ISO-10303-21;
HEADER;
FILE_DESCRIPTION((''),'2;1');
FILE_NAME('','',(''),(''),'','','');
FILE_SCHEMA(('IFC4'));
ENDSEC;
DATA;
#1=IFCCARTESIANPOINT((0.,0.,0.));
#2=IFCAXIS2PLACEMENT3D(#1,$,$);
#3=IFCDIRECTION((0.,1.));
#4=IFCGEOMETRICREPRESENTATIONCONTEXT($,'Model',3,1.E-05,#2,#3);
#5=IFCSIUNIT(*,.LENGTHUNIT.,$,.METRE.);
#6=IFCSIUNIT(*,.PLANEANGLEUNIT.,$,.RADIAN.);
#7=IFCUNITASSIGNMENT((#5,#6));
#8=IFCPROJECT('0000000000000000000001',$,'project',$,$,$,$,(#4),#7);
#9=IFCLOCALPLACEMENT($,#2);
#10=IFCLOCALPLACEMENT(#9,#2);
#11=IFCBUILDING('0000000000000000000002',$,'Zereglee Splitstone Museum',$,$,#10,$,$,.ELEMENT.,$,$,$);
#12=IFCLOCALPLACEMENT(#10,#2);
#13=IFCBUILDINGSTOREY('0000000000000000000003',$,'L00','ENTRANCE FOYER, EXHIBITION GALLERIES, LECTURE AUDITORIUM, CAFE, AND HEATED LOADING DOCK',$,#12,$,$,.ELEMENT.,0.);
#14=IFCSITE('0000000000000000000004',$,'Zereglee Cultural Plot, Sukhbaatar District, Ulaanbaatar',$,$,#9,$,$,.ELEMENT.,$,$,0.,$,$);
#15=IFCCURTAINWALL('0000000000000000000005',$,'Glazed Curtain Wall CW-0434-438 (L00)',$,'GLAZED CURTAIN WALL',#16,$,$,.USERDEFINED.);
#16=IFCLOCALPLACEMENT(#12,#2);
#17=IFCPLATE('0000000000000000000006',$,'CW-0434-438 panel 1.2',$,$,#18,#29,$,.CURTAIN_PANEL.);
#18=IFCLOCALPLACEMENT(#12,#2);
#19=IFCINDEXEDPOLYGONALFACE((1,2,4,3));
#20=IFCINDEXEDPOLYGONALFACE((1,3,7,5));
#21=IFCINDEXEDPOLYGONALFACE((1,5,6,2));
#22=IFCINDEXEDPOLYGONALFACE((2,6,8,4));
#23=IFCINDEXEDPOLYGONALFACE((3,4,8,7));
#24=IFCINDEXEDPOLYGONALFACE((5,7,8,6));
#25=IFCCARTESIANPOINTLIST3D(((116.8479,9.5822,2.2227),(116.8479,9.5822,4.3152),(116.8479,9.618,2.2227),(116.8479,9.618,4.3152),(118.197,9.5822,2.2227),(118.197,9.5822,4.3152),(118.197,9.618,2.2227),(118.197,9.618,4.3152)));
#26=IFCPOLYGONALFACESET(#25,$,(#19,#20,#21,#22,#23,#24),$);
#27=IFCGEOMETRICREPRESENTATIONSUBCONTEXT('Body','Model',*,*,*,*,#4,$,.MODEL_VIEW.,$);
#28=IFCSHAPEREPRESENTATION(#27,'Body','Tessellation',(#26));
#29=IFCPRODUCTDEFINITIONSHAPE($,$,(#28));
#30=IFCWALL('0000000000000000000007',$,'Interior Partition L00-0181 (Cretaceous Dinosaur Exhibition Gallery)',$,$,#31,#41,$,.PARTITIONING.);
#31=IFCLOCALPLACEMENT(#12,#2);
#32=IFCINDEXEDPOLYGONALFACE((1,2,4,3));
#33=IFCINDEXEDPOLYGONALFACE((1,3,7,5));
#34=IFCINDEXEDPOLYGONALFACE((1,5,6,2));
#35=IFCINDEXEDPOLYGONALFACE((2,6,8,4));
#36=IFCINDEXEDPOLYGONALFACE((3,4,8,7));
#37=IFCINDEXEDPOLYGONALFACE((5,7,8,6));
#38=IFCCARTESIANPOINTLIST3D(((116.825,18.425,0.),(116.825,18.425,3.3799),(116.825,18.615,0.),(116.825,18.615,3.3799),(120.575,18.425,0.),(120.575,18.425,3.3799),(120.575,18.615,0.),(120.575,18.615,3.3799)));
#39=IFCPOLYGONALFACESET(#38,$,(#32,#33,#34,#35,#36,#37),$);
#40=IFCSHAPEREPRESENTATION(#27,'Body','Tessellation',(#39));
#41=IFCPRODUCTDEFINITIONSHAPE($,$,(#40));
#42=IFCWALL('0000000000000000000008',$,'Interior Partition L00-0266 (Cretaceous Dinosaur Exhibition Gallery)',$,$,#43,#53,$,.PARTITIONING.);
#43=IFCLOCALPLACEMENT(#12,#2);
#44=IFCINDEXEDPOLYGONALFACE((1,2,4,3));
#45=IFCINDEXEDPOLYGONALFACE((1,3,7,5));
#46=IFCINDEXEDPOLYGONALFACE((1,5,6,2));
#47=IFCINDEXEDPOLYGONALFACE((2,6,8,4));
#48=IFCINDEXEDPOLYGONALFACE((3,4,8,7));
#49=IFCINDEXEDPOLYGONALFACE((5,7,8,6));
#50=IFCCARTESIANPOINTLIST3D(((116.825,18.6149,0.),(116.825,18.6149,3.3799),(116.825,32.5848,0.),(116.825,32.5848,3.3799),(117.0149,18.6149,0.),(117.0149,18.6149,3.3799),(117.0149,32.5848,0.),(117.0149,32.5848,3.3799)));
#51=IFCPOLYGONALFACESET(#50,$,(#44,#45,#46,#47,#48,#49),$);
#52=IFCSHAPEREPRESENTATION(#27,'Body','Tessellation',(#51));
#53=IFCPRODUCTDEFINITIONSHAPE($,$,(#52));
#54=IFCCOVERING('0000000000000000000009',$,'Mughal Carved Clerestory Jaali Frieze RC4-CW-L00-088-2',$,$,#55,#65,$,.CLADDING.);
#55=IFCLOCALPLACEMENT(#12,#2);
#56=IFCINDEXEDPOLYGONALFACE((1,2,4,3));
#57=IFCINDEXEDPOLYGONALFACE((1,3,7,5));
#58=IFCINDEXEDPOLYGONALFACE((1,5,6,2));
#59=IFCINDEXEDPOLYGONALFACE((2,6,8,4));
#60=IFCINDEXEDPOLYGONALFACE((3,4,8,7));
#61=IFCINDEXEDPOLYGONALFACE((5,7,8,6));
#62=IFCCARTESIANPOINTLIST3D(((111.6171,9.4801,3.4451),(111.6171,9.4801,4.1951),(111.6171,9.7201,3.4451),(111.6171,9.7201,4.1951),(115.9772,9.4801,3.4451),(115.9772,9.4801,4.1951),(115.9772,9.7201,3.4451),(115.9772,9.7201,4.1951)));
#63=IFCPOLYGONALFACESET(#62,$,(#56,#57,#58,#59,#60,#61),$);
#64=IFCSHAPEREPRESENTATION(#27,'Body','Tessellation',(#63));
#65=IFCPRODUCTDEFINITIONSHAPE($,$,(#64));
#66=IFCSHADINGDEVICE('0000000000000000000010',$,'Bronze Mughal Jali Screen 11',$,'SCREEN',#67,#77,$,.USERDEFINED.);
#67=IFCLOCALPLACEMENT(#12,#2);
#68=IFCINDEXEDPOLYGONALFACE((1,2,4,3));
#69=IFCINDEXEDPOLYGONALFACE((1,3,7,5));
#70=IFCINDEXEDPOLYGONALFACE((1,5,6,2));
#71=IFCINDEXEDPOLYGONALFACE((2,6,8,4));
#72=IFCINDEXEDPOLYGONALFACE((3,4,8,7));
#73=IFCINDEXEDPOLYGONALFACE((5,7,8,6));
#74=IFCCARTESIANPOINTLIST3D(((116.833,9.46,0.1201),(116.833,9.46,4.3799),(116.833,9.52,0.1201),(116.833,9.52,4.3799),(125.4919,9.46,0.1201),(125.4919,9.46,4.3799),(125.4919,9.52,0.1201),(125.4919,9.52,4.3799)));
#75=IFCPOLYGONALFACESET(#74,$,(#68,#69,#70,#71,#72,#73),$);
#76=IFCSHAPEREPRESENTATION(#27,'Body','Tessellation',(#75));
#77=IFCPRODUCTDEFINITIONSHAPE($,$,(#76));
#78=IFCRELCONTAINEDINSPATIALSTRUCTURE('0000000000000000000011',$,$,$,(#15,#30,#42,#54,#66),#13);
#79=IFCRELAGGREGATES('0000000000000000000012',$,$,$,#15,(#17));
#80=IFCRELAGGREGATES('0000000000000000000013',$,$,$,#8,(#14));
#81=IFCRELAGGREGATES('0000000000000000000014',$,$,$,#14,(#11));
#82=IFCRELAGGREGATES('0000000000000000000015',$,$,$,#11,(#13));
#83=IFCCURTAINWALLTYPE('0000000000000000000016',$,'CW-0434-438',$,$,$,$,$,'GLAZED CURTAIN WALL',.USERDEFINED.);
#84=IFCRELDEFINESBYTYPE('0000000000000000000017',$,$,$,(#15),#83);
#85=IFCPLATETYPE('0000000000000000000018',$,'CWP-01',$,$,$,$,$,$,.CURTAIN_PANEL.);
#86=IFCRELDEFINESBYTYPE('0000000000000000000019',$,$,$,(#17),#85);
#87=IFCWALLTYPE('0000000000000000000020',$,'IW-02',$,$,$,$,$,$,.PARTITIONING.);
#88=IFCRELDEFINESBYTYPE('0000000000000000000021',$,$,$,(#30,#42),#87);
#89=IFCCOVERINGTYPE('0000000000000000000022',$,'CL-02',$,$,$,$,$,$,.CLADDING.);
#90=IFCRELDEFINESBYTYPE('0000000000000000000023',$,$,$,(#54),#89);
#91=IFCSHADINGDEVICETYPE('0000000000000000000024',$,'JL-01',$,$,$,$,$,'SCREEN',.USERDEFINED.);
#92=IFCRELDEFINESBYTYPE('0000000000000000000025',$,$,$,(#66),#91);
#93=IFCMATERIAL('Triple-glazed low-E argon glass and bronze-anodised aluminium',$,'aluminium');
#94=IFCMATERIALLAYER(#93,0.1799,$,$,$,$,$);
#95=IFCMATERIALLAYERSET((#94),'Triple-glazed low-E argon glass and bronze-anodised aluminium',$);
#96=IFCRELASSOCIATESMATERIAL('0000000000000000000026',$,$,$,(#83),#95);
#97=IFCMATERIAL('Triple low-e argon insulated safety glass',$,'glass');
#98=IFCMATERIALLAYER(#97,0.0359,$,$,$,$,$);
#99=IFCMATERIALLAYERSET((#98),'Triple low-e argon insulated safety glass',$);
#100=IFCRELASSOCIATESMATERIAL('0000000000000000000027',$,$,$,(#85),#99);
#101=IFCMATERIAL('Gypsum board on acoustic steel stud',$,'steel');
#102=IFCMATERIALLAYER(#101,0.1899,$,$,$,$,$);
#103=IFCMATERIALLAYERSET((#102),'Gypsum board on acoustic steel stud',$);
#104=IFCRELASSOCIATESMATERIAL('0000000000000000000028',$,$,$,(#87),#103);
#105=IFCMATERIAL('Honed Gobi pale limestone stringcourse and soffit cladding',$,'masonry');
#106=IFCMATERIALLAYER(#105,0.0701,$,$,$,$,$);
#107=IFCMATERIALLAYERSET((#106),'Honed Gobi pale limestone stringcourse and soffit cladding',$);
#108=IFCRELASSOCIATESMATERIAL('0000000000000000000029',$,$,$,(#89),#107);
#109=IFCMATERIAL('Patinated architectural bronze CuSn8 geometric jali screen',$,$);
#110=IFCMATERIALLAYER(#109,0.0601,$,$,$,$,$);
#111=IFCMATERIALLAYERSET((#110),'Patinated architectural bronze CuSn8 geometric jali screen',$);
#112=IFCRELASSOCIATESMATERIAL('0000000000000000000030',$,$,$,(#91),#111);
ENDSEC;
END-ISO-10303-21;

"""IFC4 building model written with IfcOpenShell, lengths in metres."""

from ifc_helpers import new_model, si_unit, direction, frame, frame_2d, origin, origin_2d, place, context, subcontext, project, spatial, polyline, rectangle, outline, extrude, material, layer, layer_set, type_object, element, aggregate, save


model = new_model("IFC4")

# Units and contexts
model_context = context("Model", 3, precision=1e-05, world=origin(), true_north=direction((0.0, 1.0)))
body_context = subcontext(model_context, "Body", "Model", "MODEL_VIEW")
ifc_project = project(units=[si_unit("LENGTHUNIT", "METRE"), si_unit("PLANEANGLEUNIT", "RADIAN")], contexts=[model_context])

# Site, building, storey
site_placement = place(None, origin())
site = spatial("IfcSite", under=ifc_project, at=site_placement, Name="Zereglee Cultural Plot, Sukhbaatar District, Ulaanbaatar", CompositionType="ELEMENT", RefElevation=0.0)
building_placement = place(site_placement, origin())
building = spatial("IfcBuilding", under=site, at=building_placement, Name="Zereglee Splitstone Museum", CompositionType="ELEMENT")
storey_placement = place(building_placement, origin())
storey = spatial("IfcBuildingStorey", under=building, at=storey_placement, Name="L00", Description="ENTRANCE FOYER, EXHIBITION GALLERIES, LECTURE AUDITORIUM, CAFE, AND HEATED LOADING DOCK", CompositionType="ELEMENT", Elevation=0.0)

# Curtain wall
ifc_material_1 = material(Name="Triple-glazed low-E argon glass and bronze-anodised aluminium", Category="aluminium")
ifc_layer_1 = layer(ifc_material_1, 0.1799)
ifc_layer_set_1 = layer_set([ifc_layer_1], Name="Triple-glazed low-E argon glass and bronze-anodised aluminium")
curtain_wall_type_1 = type_object("IfcCurtainWallType", Name="CW-0434-438", ElementType="GLAZED CURTAIN WALL", PredefinedType="USERDEFINED", material=ifc_layer_set_1)
curtain_wall_1_placement = place(storey_placement, origin())
curtain_wall_1 = element("IfcCurtainWall", 1, at=curtain_wall_1_placement, inside=storey, type_object=curtain_wall_type_1, Name="Glazed Curtain Wall CW-0434-438 (L00)", ObjectType="GLAZED CURTAIN WALL", PredefinedType="USERDEFINED")

# Plate
ifc_material_2 = material(Name="Triple low-e argon insulated safety glass", Category="glass")
ifc_layer_2 = layer(ifc_material_2, 0.0359)
ifc_layer_set_2 = layer_set([ifc_layer_2], Name="Triple low-e argon insulated safety glass")
plate_type = type_object("IfcPlateType", Name="CWP-01", PredefinedType="CURTAIN_PANEL", material=ifc_layer_set_2)
plate_1_placement = place(storey_placement, frame((117.5225, 9.6001, 2.2227), z_axis=(0.0, 0.0, 1.0), x_axis=(1.0, 0.0, 0.0)))
plate_1 = element("IfcPlate", 2, at=plate_1_placement, type_object=plate_type, Name="CW-0434-438 panel 1.2", PredefinedType="CURTAIN_PANEL", context=body_context, shape_type="SweptSolid", body=[
    extrude(rectangle(XDim=1.3491, YDim=0.0359, at=origin_2d()), origin(), (0.0, 0.0, 1.0), 2.0925),
])
aggregate(curtain_wall_1, [plate_1])

# Walls
ifc_material_3 = material(Name="Gypsum board on acoustic steel stud", Category="steel")
ifc_layer_3 = layer(ifc_material_3, 0.1899)
ifc_layer_set_3 = layer_set([ifc_layer_3], Name="Gypsum board on acoustic steel stud")
wall_type = type_object("IfcWallType", Name="IW-02", PredefinedType="PARTITIONING", material=ifc_layer_set_3)
wall_1_placement = place(storey_placement, frame((116.825, 18.52, 0.0), z_axis=(0.0, 0.0, 1.0), x_axis=(1.0, 0.0, 0.0)))
element("IfcWall", 3, at=wall_1_placement, inside=storey, type_object=wall_type, Name="Interior Partition L00-0181 (Cretaceous Dinosaur Exhibition Gallery)", PredefinedType="PARTITIONING", context=body_context, shape_type="SweptSolid", body=[
    extrude(rectangle(XDim=3.75, YDim=0.1899, at=frame_2d((1.875, 0.0))), origin(), (0.0, 0.0, 1.0), 3.3799),
])
wall_2_placement = place(storey_placement, frame((116.9199, 18.615, 0.0), z_axis=(0.0, 0.0, 1.0), x_axis=(0.0, 1.0, 0.0)))
element("IfcWall", 4, at=wall_2_placement, inside=storey, type_object=wall_type, Name="Interior Partition L00-0266 (Cretaceous Dinosaur Exhibition Gallery)", PredefinedType="PARTITIONING", context=body_context, shape_type="SweptSolid", body=[
    extrude(rectangle(XDim=13.97, YDim=0.1899, at=frame_2d((6.9849, 0.0))), origin(), (0.0, 0.0, 1.0), 3.3799),
])

# Covering
ifc_material_4 = material(Name="Honed Gobi pale limestone stringcourse and soffit cladding", Category="masonry")
ifc_layer_4 = layer(ifc_material_4, 0.0701)
ifc_layer_set_4 = layer_set([ifc_layer_4], Name="Honed Gobi pale limestone stringcourse and soffit cladding")
covering_type = type_object("IfcCoveringType", Name="CL-02", PredefinedType="CLADDING", material=ifc_layer_set_4)
covering_placement = place(storey_placement, frame((113.7971, 9.6001, 3.4451), z_axis=(0.0, 0.0, 1.0), x_axis=(1.0, 0.0, 0.0)))
element("IfcCovering", 5, at=covering_placement, inside=storey, type_object=covering_type, Name="Mughal Carved Clerestory Jaali Frieze RC4-CW-L00-088-2", PredefinedType="CLADDING", context=body_context, shape_type="SweptSolid", body=[
    extrude(rectangle(XDim=4.3601, YDim=0.24, at=origin_2d()), origin(), (0.0, 0.0, 1.0), 0.75),
])

# Shading device
ifc_material_5 = material(Name="Patinated architectural bronze CuSn8 geometric jali screen")
ifc_layer_5 = layer(ifc_material_5, 0.0601)
ifc_layer_set_5 = layer_set([ifc_layer_5], Name="Patinated architectural bronze CuSn8 geometric jali screen")
shading_device_type = type_object("IfcShadingDeviceType", Name="JL-01", ElementType="SCREEN", PredefinedType="USERDEFINED", material=ifc_layer_set_5)
shading_device_placement = place(storey_placement, frame((116.833, 9.52, 0.1201), z_axis=(0.0, -1.0, 0.0), x_axis=(1.0, 0.0, 0.0)))
element("IfcShadingDevice", 6, at=shading_device_placement, inside=storey, type_object=shading_device_type, Name="Bronze Mughal Jali Screen 11", ObjectType="SCREEN", PredefinedType="USERDEFINED", context=body_context, shape_type="SweptSolid", body=[
    extrude(outline(polyline([(0.0, 0.0), (8.6589, 0.0), (8.6589, 4.2598), (0.0, 4.2598), (0.0, 0.0)])), origin(), (0.0, 0.0, 1.0), 0.0601),
])

save(model, "model.ifc")
